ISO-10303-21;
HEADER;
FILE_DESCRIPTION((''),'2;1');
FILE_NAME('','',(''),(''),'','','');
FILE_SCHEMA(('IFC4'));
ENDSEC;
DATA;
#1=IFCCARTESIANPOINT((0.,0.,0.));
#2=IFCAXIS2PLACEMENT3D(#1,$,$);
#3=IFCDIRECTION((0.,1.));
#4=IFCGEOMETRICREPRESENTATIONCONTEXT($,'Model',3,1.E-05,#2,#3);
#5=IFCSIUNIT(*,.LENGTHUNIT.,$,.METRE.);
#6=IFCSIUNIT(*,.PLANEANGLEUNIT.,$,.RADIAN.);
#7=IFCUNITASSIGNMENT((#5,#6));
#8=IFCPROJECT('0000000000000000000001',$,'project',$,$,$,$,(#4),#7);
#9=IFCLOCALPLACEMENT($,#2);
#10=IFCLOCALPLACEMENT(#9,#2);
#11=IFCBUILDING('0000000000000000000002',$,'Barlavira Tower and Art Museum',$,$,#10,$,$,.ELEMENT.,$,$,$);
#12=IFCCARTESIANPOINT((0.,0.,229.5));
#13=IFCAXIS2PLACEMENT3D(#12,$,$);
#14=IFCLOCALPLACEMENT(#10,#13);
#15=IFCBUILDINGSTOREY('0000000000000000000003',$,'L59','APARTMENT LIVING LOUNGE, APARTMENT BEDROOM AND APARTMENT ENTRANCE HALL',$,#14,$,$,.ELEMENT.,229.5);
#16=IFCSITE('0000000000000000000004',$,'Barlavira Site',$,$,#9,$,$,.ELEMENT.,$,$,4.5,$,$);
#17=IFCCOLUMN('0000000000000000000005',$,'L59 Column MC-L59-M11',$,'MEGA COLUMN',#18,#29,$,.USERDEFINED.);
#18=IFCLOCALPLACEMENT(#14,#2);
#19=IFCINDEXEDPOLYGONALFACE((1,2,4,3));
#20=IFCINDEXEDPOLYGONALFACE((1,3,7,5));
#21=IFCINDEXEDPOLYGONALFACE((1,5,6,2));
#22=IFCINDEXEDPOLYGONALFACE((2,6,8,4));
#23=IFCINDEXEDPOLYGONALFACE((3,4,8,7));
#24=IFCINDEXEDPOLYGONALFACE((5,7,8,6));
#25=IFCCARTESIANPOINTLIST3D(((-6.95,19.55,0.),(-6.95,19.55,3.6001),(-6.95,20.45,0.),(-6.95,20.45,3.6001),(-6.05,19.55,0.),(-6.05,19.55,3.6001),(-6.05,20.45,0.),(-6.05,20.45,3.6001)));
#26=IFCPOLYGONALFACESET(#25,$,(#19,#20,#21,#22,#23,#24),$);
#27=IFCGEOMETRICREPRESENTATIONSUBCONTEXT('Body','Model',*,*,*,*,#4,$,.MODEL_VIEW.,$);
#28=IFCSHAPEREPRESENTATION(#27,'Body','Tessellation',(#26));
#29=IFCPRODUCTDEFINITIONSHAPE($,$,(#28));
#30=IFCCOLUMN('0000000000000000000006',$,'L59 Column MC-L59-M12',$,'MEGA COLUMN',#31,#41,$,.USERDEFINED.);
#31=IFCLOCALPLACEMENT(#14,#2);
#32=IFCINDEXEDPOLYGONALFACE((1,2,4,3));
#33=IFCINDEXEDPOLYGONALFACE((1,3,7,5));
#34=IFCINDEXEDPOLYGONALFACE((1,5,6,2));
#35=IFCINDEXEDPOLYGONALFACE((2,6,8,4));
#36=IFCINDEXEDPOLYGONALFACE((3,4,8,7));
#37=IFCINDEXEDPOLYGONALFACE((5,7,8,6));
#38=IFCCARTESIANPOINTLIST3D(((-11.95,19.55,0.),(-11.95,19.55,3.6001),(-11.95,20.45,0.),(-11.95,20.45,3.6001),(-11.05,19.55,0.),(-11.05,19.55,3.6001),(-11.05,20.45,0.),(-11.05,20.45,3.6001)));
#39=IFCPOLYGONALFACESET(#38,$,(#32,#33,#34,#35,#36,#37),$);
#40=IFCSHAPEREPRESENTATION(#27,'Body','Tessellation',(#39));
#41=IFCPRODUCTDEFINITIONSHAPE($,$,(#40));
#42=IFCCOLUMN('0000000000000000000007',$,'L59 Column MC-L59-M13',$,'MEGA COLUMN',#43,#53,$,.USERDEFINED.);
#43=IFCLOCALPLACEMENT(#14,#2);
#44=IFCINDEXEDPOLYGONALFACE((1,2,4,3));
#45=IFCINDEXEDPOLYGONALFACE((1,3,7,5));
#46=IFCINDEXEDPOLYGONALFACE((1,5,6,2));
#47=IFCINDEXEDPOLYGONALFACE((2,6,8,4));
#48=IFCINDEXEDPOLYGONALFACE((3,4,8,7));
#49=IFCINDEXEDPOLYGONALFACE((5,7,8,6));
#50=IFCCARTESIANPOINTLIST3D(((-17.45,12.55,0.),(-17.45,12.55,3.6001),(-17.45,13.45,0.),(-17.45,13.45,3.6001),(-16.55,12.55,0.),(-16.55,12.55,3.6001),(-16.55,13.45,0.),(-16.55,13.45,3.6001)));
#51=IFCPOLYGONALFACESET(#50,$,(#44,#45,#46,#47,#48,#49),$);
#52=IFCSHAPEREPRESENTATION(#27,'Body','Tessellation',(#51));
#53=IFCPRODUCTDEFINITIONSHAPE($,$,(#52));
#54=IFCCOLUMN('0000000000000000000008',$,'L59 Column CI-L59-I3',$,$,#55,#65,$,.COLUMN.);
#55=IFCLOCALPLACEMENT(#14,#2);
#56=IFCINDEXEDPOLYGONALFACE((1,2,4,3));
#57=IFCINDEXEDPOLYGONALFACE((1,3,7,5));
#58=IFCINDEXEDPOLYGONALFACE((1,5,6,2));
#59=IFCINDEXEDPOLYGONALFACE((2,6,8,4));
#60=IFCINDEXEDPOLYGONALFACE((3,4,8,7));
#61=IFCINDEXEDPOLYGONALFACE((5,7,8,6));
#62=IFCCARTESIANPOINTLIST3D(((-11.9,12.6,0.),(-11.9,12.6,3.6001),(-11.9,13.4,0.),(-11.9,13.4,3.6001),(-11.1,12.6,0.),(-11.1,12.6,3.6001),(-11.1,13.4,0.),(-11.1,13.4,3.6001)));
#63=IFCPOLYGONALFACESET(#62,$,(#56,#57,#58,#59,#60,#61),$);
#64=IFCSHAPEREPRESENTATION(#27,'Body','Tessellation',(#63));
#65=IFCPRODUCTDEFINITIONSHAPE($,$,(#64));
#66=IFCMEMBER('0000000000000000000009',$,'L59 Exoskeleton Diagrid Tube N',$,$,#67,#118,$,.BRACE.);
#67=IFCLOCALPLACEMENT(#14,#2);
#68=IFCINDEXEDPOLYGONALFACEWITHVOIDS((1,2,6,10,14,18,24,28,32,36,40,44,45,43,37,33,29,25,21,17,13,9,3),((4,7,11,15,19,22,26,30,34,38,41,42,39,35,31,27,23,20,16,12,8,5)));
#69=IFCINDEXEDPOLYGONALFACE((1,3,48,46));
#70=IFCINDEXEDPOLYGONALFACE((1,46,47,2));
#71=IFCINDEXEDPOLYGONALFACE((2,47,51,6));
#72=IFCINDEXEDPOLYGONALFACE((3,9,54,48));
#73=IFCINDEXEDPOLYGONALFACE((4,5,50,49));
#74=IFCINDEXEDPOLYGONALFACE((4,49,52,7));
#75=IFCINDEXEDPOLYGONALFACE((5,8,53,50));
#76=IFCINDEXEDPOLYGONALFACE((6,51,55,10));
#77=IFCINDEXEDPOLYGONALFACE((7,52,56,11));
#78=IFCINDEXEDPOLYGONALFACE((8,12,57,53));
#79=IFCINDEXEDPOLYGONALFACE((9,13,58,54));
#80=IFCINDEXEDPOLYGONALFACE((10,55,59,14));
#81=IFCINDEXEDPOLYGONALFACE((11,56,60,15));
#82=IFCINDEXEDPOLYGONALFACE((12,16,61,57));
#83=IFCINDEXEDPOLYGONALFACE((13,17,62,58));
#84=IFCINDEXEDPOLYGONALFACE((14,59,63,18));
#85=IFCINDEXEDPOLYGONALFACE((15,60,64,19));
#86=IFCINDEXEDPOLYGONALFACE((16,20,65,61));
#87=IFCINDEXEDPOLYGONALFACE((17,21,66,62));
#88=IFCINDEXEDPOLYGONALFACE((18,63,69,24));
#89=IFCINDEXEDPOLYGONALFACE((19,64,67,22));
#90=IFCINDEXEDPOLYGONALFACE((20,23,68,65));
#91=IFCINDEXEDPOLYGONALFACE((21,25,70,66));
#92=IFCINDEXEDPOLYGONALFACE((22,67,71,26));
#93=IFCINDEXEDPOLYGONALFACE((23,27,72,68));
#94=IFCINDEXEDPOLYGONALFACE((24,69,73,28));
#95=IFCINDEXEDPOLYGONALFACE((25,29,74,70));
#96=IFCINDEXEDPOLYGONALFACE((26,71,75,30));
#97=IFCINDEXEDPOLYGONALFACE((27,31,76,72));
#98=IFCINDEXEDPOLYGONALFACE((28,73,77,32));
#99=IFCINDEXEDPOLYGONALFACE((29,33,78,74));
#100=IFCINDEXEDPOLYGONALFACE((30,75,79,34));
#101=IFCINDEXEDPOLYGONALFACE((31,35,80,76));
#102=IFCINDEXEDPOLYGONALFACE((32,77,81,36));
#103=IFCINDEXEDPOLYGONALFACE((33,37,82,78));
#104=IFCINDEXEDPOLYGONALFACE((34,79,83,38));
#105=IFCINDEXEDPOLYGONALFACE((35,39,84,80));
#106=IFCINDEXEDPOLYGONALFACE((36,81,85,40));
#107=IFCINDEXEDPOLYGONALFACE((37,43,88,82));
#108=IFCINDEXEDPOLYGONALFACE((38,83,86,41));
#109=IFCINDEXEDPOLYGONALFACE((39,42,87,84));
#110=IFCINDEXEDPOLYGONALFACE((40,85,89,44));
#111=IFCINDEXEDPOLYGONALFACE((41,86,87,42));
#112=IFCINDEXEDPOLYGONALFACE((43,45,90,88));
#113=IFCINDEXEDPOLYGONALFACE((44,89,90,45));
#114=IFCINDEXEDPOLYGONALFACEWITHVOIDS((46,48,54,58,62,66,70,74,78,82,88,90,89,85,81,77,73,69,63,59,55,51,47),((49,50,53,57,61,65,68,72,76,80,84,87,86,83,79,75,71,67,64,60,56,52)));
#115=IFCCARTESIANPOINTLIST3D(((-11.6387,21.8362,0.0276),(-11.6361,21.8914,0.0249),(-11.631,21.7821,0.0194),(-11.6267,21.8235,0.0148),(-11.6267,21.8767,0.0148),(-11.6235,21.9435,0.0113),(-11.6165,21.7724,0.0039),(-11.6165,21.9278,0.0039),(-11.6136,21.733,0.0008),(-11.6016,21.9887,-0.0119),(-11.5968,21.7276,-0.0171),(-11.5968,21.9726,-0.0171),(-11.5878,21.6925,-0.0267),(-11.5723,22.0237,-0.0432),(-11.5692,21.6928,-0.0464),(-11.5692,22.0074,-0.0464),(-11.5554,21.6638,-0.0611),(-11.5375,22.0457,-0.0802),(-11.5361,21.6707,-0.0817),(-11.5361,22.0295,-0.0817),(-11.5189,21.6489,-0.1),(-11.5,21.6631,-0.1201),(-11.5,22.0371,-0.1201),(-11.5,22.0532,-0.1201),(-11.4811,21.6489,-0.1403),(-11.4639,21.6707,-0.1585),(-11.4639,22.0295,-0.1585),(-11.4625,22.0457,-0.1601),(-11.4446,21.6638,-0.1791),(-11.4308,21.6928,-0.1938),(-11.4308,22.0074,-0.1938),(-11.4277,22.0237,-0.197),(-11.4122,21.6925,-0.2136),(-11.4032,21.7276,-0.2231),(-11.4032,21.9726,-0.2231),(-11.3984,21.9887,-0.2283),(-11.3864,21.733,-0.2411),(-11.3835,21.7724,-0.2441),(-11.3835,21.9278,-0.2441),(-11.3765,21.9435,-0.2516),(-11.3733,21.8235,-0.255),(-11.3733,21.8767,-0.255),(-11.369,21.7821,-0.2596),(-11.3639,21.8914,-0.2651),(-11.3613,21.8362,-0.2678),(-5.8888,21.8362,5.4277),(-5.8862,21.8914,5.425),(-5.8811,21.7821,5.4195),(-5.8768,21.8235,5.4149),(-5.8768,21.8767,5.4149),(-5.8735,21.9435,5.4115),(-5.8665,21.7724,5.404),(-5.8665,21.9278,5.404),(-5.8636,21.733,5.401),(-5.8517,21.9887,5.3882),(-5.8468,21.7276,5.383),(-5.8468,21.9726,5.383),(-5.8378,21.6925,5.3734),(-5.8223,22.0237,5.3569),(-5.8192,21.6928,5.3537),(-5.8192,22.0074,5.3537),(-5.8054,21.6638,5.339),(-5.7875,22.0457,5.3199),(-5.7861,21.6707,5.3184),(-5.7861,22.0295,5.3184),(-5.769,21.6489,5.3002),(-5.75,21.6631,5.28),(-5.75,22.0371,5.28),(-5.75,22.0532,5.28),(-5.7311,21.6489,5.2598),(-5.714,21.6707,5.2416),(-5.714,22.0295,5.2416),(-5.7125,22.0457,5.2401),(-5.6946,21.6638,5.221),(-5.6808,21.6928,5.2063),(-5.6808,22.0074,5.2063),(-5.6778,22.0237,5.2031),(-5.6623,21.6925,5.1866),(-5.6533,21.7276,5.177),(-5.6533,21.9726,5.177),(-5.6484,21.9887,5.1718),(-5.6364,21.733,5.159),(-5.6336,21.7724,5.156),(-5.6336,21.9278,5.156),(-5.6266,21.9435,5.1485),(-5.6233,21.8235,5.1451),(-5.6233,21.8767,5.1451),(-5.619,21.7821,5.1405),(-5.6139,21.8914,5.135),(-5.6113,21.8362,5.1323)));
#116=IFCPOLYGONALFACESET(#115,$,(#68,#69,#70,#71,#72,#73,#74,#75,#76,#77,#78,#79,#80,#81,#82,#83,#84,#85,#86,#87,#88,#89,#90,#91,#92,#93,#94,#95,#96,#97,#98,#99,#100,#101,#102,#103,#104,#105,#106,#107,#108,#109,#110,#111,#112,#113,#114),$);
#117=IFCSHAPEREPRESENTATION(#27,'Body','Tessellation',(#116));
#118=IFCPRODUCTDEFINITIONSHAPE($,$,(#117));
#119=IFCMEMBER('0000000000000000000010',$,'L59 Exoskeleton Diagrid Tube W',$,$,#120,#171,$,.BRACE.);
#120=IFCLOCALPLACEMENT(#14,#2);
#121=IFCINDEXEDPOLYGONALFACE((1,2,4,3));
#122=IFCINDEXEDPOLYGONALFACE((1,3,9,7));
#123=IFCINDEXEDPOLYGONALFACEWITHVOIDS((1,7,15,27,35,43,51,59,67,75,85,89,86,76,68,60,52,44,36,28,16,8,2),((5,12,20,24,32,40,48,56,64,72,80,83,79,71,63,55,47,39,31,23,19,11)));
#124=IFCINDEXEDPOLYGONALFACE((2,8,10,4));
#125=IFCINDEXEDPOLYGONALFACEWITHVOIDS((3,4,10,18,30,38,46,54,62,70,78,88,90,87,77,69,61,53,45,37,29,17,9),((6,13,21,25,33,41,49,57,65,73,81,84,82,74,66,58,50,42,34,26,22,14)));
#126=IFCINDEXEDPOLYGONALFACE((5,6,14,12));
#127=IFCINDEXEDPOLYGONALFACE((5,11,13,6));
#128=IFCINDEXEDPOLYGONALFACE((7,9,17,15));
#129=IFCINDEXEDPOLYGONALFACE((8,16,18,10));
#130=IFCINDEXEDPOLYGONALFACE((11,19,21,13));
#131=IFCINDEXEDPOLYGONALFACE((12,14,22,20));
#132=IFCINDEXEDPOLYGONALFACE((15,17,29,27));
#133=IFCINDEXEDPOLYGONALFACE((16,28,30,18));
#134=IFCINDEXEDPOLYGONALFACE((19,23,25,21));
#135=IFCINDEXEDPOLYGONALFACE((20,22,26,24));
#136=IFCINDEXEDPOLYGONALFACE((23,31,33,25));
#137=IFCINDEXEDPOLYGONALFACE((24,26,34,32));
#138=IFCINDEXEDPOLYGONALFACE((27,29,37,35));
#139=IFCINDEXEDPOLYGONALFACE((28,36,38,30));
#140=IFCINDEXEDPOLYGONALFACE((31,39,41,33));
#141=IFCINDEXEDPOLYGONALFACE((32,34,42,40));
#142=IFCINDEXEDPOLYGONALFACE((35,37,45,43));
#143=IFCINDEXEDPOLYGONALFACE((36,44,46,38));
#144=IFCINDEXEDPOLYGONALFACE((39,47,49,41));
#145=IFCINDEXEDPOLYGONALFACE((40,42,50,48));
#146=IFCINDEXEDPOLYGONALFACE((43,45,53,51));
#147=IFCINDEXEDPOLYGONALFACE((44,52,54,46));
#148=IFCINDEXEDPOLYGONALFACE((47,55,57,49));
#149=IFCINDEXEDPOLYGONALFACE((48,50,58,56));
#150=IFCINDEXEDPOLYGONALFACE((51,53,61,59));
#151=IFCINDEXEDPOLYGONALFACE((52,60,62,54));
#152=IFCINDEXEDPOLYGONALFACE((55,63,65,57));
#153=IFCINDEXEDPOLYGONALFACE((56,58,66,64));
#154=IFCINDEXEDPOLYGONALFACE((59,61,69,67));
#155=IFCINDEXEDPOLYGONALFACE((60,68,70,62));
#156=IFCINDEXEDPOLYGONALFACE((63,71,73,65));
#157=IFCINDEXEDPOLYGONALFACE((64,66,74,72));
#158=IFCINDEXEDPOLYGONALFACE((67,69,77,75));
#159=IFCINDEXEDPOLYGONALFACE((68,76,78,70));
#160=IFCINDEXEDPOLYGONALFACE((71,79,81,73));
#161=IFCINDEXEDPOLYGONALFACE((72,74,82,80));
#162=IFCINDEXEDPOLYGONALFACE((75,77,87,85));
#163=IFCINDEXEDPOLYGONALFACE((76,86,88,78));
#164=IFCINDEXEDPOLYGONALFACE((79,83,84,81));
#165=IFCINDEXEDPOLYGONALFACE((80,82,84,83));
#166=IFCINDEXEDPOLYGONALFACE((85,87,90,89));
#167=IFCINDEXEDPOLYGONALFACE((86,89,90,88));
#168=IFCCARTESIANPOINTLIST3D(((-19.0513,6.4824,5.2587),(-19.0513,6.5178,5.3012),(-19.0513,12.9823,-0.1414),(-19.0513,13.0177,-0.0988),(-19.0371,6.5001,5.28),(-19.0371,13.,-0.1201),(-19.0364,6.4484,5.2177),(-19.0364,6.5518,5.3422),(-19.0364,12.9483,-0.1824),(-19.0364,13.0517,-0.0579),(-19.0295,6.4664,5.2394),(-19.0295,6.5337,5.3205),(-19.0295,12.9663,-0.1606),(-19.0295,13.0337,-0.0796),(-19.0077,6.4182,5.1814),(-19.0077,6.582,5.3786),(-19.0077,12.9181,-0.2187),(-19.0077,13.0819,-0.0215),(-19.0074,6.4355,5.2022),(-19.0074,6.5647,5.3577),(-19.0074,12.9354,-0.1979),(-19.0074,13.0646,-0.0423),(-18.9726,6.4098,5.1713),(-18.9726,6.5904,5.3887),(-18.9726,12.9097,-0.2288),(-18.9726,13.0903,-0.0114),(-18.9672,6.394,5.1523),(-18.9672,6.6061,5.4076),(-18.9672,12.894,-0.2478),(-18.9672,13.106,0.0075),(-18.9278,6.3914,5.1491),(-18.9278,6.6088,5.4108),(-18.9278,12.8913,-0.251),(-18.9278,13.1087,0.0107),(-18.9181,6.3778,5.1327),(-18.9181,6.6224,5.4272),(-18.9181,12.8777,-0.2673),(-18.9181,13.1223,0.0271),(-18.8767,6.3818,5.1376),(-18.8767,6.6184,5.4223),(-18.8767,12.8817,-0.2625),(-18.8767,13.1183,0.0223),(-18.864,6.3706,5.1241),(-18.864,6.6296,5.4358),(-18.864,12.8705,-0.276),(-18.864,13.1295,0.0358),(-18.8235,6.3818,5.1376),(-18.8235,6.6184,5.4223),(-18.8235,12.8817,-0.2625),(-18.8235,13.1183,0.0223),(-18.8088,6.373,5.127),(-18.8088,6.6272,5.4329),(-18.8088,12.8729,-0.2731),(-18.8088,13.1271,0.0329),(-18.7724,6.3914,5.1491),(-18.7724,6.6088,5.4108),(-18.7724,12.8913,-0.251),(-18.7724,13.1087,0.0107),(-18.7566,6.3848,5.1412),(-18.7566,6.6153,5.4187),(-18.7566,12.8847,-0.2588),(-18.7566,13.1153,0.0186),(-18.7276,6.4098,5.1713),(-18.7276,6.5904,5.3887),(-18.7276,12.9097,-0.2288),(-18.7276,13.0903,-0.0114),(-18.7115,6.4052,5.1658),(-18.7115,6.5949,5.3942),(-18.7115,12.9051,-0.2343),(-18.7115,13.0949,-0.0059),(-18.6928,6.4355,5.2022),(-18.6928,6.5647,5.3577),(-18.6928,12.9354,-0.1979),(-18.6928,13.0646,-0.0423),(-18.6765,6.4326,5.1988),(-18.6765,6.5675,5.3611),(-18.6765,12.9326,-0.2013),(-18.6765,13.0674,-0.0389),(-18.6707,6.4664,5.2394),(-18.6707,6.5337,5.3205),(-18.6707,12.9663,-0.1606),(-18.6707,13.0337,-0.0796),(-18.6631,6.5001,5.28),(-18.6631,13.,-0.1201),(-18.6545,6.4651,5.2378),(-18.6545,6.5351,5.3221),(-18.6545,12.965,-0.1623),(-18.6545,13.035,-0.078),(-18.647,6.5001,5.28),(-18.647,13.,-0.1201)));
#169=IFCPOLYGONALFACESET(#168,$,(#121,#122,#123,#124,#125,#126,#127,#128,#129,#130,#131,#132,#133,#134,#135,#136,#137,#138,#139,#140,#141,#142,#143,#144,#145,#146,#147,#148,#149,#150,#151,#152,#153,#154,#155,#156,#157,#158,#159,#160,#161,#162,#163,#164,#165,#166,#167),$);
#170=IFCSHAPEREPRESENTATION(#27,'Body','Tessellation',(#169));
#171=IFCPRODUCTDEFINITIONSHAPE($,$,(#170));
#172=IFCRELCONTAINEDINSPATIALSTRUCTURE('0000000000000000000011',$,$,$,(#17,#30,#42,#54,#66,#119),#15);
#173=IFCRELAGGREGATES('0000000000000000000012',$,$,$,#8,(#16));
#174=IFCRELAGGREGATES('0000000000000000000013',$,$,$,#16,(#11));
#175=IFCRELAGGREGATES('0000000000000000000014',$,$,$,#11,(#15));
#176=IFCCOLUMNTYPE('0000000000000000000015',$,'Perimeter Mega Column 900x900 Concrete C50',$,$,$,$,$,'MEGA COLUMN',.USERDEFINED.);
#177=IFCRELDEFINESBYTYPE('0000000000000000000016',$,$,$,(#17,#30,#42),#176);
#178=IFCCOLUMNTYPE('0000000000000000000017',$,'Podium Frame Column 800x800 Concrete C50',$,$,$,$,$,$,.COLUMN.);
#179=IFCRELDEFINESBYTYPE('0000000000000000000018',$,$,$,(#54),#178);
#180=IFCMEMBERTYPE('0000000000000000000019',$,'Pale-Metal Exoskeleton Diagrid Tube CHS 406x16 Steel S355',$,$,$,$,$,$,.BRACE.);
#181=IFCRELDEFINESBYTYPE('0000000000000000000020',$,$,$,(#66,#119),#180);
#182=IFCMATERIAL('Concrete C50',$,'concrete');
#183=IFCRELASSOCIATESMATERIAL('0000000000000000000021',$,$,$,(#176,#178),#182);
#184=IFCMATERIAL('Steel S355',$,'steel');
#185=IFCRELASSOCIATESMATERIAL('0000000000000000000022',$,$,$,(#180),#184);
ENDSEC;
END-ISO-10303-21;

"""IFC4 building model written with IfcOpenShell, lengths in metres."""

from ifc_helpers import new_model, si_unit, direction, frame, origin, origin_2d, place, context, subcontext, project, spatial, rectangle, hollow_circle, extrude, material, material_profile, profile_set, type_object, element, save


model = new_model("IFC4")

# Units and contexts
model_context = context("Model", 3, precision=1e-05, world=origin(), true_north=direction((0.0, 1.0)))
body_context = subcontext(model_context, "Body", "Model", "MODEL_VIEW")
ifc_project = project(units=[si_unit("LENGTHUNIT", "METRE"), si_unit("PLANEANGLEUNIT", "RADIAN")], contexts=[model_context])

# Site, building, storey
site_placement = place(None, origin())
site = spatial("IfcSite", under=ifc_project, at=site_placement, Name="Barlavira Site", CompositionType="ELEMENT", RefElevation=4.5)
building_placement = place(site_placement, origin())
building = spatial("IfcBuilding", under=site, at=building_placement, Name="Barlavira Tower and Art Museum", CompositionType="ELEMENT")
storey_placement = place(building_placement, frame((0.0, 0.0, 229.5)))
storey = spatial("IfcBuildingStorey", under=building, at=storey_placement, Name="L59", Description="APARTMENT LIVING LOUNGE, APARTMENT BEDROOM AND APARTMENT ENTRANCE HALL", CompositionType="ELEMENT", Elevation=229.5)

# Columns
ifc_material_1 = material(Name="Concrete C50", Category="concrete")
ifc_material_profile_1 = material_profile(ifc_material_1, rectangle(XDim=0.8999, YDim=0.8999, at=origin_2d()), Name="RC-COL 900x900")
ifc_profile_set_1 = profile_set([ifc_material_profile_1], Name="Concrete C50")
column_type_1 = type_object("IfcColumnType", Name="Perimeter Mega Column 900x900 Concrete C50", ElementType="MEGA COLUMN", PredefinedType="USERDEFINED", material=ifc_profile_set_1)
for number, where, z_axis, x_axis, name in (
    (1, (-6.5, 20.0, 0.0), (0.0, 0.0, 1.0), (1.0, 0.0, 0.0), "L59 Column MC-L59-M11"),
    (2, (-11.5, 20.0, 0.0), (0.0, 0.0, 1.0), (1.0, 0.0, 0.0), "L59 Column MC-L59-M12"),
    (3, (-17.0, 13.0, 0.0), (0.0, 0.0, 1.0), (1.0, 0.0, 0.0), "L59 Column MC-L59-M13"),
):
    element("IfcColumn", number, at=place(storey_placement, frame(where, z_axis=z_axis, x_axis=x_axis)), inside=storey, type_object=column_type_1, Name=name, ObjectType="MEGA COLUMN", PredefinedType="USERDEFINED", context=body_context, shape_type="SweptSolid", body=[
        extrude(rectangle(XDim=0.8999, YDim=0.8999, at=origin_2d()), origin(), (0.0, 0.0, 1.0), 3.6001),
    ])
ifc_material_profile_2 = material_profile(ifc_material_1, rectangle(XDim=0.8, YDim=0.8, at=origin_2d()), Name="RC-COL 800x800")
ifc_profile_set_2 = profile_set([ifc_material_profile_2], Name="Concrete C50")
column_type_2 = type_object("IfcColumnType", Name="Podium Frame Column 800x800 Concrete C50", PredefinedType="COLUMN", material=ifc_profile_set_2)
column_placement = place(storey_placement, frame((-11.5, 13.0, 0.0), z_axis=(0.0, 0.0, 1.0), x_axis=(1.0, 0.0, 0.0)))
element("IfcColumn", 4, at=column_placement, inside=storey, type_object=column_type_2, Name="L59 Column CI-L59-I3", PredefinedType="COLUMN", context=body_context, shape_type="SweptSolid", body=[
    extrude(rectangle(XDim=0.8, YDim=0.8, at=origin_2d()), origin(), (0.0, 0.0, 1.0), 3.6001),
])

# Members
ifc_material_2 = material(Name="Steel S355", Category="steel")
ifc_material_profile_3 = material_profile(ifc_material_2, hollow_circle(Radius=0.2031, WallThickness=0.0161, at=origin_2d()), Name="CHS 406.4x16.0")
ifc_profile_set_3 = profile_set([ifc_material_profile_3], Name="Steel S355")
member_type_1 = type_object("IfcMemberType", Name="Pale-Metal Exoskeleton Diagrid Tube CHS 406x16 Steel S355", PredefinedType="BRACE", material=ifc_profile_set_3)
member_1_placement = place(storey_placement, frame((-11.5, 21.8501, -0.1201), z_axis=(0.728935, 0.0, 0.684583), x_axis=(0.0, 1.0, 0.0)))
element("IfcMember", 5, at=member_1_placement, inside=storey, type_object=member_type_1, Name="L59 Exoskeleton Diagrid Tube N", PredefinedType="BRACE", context=body_context, shape_type="SweptSolid", body=[
    extrude(hollow_circle(Radius=0.2031, WallThickness=0.0161, at=origin_2d()), origin(), (0.0, 0.0, 1.0), 7.8882),
])
member_2_placement = place(storey_placement, frame((-18.8501, 13.0, -0.1201), z_axis=(0.0, -0.769182, 0.63903), x_axis=(1.0, 0.0, 0.0)))
element("IfcMember", 6, at=member_2_placement, inside=storey, type_object=member_type_1, Name="L59 Exoskeleton Diagrid Tube W", PredefinedType="BRACE", context=body_context, shape_type="SweptSolid", body=[
    extrude(hollow_circle(Radius=0.2031, WallThickness=0.0161, at=origin_2d()), origin(), (0.0, 0.0, 1.0), 8.4504),
])

save(model, "model.ifc")
